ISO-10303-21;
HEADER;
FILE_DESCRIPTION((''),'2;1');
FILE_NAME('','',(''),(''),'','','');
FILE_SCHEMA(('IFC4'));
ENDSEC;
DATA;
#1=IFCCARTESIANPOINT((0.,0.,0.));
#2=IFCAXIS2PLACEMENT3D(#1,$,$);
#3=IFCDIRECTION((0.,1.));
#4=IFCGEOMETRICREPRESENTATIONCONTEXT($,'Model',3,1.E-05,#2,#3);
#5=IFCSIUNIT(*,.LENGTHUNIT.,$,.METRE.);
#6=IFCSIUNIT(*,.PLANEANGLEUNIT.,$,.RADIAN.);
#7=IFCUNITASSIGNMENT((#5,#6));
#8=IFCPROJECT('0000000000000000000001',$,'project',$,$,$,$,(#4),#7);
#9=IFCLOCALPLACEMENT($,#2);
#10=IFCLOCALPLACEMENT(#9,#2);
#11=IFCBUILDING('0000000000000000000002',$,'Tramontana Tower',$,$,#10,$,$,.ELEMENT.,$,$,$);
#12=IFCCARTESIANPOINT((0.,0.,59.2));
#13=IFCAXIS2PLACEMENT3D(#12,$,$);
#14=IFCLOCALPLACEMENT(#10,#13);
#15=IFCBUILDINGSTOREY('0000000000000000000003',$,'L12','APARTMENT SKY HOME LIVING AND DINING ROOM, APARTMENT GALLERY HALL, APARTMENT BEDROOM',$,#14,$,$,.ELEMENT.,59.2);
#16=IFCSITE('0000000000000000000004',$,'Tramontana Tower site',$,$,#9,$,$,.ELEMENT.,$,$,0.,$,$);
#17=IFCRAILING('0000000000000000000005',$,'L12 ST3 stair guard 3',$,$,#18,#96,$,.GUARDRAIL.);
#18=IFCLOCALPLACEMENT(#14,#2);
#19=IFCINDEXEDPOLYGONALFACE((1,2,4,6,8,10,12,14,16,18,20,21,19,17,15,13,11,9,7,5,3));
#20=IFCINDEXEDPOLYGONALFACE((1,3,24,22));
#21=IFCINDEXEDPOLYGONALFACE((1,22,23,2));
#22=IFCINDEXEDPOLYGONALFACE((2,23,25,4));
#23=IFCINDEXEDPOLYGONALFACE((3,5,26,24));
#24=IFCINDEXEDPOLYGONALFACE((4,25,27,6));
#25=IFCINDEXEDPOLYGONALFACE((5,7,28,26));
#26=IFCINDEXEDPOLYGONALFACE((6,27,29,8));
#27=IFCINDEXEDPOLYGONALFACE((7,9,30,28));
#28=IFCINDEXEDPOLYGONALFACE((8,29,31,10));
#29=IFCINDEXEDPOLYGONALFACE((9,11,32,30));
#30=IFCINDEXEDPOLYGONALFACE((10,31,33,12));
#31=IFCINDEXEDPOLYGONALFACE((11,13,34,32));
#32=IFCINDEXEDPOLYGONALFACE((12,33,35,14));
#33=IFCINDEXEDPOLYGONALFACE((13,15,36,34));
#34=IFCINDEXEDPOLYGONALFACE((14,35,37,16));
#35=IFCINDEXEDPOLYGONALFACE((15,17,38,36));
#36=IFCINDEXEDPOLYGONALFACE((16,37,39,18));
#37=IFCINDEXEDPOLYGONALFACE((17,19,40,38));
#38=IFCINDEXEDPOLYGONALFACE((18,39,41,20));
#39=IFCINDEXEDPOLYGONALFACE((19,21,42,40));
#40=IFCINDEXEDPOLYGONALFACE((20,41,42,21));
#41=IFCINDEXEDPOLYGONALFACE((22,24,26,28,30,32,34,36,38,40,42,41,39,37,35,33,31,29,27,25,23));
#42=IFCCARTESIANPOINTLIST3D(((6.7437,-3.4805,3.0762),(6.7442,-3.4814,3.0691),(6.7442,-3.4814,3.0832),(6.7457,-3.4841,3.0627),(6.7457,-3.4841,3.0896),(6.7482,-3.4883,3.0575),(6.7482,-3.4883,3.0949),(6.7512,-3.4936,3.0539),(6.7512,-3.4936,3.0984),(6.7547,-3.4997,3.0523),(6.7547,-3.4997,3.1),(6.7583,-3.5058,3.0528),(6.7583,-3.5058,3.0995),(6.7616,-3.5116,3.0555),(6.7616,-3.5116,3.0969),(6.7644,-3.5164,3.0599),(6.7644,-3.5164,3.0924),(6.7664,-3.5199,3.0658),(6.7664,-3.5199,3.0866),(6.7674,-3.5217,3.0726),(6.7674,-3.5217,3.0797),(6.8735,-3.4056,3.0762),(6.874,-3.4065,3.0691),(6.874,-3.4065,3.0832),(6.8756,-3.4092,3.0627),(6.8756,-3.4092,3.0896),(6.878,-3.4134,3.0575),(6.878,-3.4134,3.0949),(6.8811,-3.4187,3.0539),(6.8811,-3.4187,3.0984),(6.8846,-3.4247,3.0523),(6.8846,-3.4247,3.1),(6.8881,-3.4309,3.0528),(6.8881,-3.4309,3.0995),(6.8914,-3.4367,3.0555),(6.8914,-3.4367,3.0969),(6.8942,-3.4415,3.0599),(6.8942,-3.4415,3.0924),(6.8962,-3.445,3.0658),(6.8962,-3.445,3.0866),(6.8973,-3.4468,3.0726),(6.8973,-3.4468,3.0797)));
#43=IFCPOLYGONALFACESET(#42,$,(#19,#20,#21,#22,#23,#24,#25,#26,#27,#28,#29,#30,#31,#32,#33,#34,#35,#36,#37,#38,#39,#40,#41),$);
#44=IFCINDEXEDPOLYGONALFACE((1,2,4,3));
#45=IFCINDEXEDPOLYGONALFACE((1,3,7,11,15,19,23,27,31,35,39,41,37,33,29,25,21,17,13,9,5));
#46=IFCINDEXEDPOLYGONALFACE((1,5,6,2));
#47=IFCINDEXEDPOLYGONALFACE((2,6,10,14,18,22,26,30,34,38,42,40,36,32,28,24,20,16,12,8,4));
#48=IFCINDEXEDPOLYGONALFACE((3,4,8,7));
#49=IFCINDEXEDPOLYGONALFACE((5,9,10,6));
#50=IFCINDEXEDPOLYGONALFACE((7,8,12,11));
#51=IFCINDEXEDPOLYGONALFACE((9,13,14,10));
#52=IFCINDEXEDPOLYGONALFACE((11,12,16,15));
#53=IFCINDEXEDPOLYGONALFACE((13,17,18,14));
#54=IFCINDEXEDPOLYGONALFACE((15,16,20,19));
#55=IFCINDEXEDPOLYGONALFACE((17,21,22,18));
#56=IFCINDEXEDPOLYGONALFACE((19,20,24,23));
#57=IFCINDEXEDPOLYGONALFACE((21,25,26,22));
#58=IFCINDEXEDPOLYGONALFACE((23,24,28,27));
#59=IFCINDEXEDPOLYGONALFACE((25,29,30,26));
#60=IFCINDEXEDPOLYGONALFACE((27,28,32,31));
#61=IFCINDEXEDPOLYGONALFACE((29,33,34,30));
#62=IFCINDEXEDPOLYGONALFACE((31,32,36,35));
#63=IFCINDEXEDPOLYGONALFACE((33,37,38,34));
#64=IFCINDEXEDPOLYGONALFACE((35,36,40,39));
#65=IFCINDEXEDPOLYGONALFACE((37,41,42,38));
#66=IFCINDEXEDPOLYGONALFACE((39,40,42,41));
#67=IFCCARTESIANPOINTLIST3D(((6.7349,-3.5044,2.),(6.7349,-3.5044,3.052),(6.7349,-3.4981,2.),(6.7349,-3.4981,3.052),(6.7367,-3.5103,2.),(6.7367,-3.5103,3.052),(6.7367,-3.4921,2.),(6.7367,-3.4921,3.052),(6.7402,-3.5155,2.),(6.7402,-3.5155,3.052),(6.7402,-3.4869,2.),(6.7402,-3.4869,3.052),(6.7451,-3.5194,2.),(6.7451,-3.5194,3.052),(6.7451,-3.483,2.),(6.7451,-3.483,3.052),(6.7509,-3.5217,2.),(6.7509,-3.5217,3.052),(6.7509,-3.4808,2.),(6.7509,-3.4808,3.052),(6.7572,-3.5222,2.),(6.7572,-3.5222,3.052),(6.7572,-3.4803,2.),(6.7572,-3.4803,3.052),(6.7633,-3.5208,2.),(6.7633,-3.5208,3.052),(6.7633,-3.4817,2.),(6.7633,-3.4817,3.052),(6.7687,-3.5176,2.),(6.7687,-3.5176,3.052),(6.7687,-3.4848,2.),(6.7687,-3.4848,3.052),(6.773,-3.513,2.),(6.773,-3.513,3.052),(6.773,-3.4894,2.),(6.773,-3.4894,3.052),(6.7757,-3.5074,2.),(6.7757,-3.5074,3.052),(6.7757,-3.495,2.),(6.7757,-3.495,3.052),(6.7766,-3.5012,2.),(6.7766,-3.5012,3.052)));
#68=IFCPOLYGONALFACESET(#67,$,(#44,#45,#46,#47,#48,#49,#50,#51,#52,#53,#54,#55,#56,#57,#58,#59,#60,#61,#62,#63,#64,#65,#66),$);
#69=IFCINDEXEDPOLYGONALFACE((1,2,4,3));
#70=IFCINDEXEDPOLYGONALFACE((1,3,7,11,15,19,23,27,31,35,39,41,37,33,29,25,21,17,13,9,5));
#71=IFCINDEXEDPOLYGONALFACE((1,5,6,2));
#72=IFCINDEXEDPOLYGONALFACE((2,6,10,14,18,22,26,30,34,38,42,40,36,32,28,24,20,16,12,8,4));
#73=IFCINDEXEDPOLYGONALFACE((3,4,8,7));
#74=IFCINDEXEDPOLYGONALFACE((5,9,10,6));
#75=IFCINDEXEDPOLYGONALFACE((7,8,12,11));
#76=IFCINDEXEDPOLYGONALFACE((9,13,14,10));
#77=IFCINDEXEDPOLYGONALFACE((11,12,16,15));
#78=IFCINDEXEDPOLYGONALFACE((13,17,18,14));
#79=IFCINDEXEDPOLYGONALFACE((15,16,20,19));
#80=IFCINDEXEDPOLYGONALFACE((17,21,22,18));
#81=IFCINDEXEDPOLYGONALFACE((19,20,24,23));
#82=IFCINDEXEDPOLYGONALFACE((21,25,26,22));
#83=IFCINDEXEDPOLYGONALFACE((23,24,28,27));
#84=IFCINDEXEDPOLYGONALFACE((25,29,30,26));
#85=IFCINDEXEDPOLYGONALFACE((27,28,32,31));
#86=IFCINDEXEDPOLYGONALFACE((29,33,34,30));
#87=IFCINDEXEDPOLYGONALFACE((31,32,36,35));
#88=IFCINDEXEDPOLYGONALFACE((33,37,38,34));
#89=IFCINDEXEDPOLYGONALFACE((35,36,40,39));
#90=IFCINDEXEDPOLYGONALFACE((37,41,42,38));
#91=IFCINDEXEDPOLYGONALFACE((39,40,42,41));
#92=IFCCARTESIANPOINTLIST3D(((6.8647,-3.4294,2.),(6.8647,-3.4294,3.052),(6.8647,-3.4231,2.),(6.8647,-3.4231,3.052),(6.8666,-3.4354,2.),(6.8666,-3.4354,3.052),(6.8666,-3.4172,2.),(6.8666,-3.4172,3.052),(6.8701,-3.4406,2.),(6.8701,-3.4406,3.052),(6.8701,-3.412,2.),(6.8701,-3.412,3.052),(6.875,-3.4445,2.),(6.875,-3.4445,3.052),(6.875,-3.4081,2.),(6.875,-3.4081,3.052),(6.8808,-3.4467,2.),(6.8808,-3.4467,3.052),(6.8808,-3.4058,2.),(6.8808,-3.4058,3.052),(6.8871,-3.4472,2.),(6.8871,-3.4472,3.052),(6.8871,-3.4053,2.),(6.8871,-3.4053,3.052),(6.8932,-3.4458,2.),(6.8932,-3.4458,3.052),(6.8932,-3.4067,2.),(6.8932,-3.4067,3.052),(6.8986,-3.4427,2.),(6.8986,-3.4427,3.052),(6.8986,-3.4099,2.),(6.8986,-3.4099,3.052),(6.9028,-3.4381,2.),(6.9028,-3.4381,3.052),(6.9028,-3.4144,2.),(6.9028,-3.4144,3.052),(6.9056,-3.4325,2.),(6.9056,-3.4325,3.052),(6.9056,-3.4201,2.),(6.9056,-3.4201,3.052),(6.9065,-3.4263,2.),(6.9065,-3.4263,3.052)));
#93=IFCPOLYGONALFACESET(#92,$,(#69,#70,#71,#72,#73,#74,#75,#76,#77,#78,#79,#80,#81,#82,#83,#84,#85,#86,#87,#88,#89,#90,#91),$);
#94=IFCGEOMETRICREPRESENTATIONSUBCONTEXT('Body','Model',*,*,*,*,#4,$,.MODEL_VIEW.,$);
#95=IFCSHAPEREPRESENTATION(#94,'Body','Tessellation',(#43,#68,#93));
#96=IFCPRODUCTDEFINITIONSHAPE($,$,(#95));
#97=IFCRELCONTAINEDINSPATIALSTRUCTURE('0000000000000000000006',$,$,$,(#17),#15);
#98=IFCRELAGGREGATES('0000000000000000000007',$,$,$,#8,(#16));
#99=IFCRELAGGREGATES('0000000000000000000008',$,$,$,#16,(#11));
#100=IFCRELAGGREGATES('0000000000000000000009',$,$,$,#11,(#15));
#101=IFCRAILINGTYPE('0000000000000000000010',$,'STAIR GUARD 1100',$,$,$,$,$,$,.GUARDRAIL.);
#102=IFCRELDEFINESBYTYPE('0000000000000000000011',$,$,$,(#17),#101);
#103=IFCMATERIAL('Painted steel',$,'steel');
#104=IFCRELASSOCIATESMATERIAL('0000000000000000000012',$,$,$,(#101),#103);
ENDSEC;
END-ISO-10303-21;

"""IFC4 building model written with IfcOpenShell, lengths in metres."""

from ifc_helpers import new_model, si_unit, direction, frame, origin, origin_2d, place, context, subcontext, project, spatial, circle, extrude, material, type_object, element, save


model = new_model("IFC4")

# Units and contexts
model_context = context("Model", 3, precision=1e-05, world=origin(), true_north=direction((0.0, 1.0)))
body_context = subcontext(model_context, "Body", "Model", "MODEL_VIEW")
ifc_project = project(units=[si_unit("LENGTHUNIT", "METRE"), si_unit("PLANEANGLEUNIT", "RADIAN")], contexts=[model_context])

# Site, building, storey
site_placement = place(None, origin())
site = spatial("IfcSite", under=ifc_project, at=site_placement, Name="Tramontana Tower site", CompositionType="ELEMENT", RefElevation=0.0)
building_placement = place(site_placement, origin())
building = spatial("IfcBuilding", under=site, at=building_placement, Name="Tramontana Tower", CompositionType="ELEMENT")
storey_placement = place(building_placement, frame((0.0, 0.0, 59.2)))
storey = spatial("IfcBuildingStorey", under=building, at=storey_placement, Name="L12", Description="APARTMENT SKY HOME LIVING AND DINING ROOM, APARTMENT GALLERY HALL, APARTMENT BEDROOM", CompositionType="ELEMENT", Elevation=59.2)

# Railing
ifc_material_1 = material(Name="Painted steel", Category="steel")
railing_type_1 = type_object("IfcRailingType", Name="STAIR GUARD 1100", PredefinedType="GUARDRAIL", material=ifc_material_1)
railing_1_placement = place(storey_placement, frame((6.7556, -3.5012, 2.0)))
element("IfcRailing", 1, at=railing_1_placement, inside=storey, type_object=railing_type_1, Name="L12 ST3 stair guard 3", PredefinedType="GUARDRAIL", context=body_context, shape_type="SweptSolid", body=[
    extrude(circle(Radius=0.0239, at=origin_2d()), frame((0.0, 0.0, 1.0762), z_axis=(0.866131, 0.499816, 0.0), x_axis=(-0.499816, 0.866131, 0.0)), (0.0, 0.0, 1.0), 0.1499),
    extrude(circle(Radius=0.021, at=origin_2d()), origin(), (0.0, 0.0, 1.0), 1.052),
    extrude(circle(Radius=0.021, at=origin_2d()), frame((0.1299, 0.075, 0.0)), (0.0, 0.0, 1.0), 1.052),
])

save(model, "model.ifc")
